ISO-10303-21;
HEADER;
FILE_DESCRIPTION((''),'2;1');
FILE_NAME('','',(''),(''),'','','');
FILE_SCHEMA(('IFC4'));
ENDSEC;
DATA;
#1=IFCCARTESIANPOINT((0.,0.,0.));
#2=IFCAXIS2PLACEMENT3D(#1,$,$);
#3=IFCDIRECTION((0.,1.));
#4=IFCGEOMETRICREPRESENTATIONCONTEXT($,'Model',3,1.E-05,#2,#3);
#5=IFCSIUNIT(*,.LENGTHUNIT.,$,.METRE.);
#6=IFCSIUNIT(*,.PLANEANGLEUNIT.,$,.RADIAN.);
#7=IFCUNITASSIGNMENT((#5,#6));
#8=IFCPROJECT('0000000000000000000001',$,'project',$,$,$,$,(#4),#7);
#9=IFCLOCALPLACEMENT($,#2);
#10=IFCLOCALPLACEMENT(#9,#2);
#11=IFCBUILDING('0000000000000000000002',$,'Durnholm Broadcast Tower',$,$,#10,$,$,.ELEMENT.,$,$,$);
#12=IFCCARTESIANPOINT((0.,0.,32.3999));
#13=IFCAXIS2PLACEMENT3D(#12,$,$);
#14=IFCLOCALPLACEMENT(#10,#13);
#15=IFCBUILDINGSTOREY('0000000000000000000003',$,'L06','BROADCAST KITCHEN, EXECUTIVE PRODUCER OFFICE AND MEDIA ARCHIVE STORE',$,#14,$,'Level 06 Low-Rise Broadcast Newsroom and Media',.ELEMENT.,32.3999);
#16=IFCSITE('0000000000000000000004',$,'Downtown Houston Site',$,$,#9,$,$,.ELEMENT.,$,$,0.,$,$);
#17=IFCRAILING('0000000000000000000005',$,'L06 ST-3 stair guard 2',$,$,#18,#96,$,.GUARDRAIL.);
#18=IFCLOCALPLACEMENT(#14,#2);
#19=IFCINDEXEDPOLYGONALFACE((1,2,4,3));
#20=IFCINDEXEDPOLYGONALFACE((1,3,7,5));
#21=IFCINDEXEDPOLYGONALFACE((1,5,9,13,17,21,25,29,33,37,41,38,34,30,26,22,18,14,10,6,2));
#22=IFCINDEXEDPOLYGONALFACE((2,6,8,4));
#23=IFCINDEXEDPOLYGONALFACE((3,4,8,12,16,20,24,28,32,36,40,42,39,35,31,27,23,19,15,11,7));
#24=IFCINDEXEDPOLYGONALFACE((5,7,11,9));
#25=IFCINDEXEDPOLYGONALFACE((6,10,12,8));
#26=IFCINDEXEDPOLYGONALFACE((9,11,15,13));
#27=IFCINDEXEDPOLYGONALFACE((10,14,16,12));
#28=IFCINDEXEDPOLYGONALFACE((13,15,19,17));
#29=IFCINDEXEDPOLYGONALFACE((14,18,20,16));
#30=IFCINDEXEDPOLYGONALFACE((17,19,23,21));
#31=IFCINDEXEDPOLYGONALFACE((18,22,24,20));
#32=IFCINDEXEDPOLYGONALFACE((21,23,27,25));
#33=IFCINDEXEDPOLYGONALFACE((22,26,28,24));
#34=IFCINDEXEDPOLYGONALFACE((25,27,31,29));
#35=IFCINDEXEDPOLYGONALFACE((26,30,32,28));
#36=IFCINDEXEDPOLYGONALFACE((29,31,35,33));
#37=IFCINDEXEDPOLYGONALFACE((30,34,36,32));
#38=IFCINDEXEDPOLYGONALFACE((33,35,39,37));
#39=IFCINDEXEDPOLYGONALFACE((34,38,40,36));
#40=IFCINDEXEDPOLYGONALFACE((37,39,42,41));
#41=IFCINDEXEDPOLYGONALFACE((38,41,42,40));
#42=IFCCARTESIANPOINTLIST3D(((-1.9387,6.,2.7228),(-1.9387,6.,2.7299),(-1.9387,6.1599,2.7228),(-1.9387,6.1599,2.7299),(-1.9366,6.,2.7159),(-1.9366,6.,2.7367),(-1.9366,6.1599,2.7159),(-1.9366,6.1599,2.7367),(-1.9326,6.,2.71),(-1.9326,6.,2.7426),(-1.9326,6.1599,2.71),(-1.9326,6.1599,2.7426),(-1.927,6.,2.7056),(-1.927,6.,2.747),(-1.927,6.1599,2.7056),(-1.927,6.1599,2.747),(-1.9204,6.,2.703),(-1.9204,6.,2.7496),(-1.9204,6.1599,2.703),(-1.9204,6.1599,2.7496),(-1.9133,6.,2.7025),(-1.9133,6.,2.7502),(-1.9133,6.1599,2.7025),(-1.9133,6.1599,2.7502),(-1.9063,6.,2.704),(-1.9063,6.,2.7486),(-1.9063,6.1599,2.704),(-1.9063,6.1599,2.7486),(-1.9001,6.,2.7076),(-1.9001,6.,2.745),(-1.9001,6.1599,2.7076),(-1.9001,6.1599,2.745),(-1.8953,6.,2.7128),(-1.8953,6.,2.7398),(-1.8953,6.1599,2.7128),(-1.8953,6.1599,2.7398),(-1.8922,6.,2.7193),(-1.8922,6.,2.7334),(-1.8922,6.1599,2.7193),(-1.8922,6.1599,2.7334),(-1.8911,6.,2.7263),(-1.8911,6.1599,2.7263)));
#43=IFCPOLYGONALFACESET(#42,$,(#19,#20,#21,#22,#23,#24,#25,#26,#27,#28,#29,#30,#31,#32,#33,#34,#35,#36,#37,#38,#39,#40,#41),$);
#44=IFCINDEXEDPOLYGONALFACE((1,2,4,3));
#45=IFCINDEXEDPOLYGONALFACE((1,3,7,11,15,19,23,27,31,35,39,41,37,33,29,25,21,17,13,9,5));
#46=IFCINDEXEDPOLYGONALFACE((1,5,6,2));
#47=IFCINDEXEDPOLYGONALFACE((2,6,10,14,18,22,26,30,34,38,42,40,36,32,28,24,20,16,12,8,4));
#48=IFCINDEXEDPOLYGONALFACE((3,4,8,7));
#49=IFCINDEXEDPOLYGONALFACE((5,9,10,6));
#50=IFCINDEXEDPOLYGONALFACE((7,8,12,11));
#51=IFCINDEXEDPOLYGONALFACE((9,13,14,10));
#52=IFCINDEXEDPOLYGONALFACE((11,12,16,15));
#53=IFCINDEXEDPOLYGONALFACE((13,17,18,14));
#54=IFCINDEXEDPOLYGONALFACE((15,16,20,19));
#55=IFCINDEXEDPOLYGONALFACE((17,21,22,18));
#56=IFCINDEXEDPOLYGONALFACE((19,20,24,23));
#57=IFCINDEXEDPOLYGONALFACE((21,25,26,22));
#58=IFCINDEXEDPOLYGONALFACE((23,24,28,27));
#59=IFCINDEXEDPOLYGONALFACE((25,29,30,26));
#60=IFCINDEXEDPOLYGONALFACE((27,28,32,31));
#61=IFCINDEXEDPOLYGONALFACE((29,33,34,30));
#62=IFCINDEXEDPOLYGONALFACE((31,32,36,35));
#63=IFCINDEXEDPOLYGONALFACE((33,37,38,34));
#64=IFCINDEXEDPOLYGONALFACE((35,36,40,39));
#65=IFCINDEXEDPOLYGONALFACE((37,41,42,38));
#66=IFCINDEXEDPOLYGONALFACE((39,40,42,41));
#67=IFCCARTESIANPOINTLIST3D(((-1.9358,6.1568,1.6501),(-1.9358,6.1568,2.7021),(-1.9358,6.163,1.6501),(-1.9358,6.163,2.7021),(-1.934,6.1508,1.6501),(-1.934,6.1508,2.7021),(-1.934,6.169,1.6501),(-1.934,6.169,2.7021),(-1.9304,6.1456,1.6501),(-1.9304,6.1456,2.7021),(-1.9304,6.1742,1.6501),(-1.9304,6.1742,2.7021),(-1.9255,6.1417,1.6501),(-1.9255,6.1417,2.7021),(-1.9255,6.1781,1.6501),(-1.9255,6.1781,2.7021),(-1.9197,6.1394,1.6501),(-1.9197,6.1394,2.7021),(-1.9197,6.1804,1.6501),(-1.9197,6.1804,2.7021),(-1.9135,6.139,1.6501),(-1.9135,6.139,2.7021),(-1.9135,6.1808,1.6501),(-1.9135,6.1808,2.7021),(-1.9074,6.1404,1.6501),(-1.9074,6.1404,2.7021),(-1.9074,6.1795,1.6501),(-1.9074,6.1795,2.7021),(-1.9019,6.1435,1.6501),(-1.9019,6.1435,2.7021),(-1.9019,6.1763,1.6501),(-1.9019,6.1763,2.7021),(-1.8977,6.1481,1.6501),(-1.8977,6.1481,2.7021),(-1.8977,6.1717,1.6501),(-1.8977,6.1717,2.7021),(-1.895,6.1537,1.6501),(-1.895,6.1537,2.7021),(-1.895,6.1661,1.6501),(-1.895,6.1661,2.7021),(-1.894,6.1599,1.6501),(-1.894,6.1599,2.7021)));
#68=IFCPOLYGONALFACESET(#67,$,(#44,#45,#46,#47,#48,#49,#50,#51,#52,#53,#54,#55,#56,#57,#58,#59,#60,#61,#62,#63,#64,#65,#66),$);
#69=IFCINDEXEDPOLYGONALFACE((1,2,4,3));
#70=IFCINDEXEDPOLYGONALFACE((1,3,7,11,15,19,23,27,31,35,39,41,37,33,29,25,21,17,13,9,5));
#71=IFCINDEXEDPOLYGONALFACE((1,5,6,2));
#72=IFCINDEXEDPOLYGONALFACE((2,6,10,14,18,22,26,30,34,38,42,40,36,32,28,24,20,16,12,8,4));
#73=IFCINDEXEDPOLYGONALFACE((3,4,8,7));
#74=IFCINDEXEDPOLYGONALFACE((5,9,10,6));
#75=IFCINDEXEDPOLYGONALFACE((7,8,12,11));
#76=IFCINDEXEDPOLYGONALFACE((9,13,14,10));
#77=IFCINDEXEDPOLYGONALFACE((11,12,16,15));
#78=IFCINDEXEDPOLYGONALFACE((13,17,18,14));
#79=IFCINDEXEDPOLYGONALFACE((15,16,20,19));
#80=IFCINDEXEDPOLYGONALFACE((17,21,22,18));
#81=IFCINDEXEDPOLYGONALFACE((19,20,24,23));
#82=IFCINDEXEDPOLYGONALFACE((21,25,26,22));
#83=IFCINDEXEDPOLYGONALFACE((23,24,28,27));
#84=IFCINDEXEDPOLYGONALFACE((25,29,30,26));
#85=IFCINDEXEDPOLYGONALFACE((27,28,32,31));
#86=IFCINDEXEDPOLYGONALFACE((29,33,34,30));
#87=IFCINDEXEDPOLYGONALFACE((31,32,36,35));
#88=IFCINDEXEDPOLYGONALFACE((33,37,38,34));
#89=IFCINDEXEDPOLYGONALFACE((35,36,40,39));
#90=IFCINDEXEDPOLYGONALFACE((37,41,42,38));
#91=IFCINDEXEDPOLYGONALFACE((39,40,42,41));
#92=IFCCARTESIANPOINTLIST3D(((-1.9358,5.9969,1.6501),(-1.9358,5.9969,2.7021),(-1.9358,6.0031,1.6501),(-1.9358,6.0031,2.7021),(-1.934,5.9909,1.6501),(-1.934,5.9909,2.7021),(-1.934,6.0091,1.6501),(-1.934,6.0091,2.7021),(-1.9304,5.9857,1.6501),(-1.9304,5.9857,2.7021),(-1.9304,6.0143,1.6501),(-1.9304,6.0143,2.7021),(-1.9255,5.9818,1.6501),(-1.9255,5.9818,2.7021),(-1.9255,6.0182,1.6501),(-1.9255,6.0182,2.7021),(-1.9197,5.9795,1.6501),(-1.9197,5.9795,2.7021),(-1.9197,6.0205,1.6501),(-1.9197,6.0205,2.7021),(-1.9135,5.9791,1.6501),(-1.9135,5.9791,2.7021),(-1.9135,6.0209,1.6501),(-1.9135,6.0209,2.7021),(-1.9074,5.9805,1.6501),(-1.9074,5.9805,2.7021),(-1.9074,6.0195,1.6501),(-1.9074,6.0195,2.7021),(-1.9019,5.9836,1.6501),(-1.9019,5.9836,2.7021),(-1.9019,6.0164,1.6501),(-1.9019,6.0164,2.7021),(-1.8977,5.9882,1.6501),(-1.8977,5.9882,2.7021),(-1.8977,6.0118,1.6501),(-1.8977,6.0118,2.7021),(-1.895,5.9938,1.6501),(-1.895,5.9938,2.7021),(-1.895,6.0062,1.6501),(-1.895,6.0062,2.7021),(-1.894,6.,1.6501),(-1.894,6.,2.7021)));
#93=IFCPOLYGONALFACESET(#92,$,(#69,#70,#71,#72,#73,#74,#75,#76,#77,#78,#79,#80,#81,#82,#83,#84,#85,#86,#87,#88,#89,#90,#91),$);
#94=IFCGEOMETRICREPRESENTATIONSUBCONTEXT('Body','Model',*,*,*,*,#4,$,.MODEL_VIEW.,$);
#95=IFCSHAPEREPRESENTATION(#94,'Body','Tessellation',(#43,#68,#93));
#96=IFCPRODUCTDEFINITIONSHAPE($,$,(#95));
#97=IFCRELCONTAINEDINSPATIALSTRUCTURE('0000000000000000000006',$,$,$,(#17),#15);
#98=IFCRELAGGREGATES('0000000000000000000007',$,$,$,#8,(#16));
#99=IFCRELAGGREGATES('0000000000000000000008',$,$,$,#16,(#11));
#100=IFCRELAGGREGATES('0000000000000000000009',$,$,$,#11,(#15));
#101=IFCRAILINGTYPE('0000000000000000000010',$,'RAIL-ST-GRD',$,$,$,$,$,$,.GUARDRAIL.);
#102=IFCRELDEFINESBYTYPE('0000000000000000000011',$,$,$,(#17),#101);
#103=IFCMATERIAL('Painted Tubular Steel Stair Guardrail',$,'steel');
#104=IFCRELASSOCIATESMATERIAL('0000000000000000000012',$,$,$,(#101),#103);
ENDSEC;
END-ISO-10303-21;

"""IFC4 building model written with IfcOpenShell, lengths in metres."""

from ifc_helpers import new_model, si_unit, direction, frame, origin, origin_2d, place, context, subcontext, project, spatial, circle, extrude, material, type_object, element, save


model = new_model("IFC4")

# Units and contexts
model_context = context("Model", 3, precision=1e-05, world=origin(), true_north=direction((0.0, 1.0)))
body_context = subcontext(model_context, "Body", "Model", "MODEL_VIEW")
ifc_project = project(units=[si_unit("LENGTHUNIT", "METRE"), si_unit("PLANEANGLEUNIT", "RADIAN")], contexts=[model_context])

# Site, building, storey
site_placement = place(None, origin())
site = spatial("IfcSite", under=ifc_project, at=site_placement, Name="Downtown Houston Site", CompositionType="ELEMENT", RefElevation=0.0)
building_placement = place(site_placement, origin())
building = spatial("IfcBuilding", under=site, at=building_placement, Name="Durnholm Broadcast Tower", CompositionType="ELEMENT")
storey_placement = place(building_placement, frame((0.0, 0.0, 32.3999)))
storey = spatial("IfcBuildingStorey", under=building, at=storey_placement, Name="L06", Description="BROADCAST KITCHEN, EXECUTIVE PRODUCER OFFICE AND MEDIA ARCHIVE STORE", LongName="Level 06 Low-Rise Broadcast Newsroom and Media", CompositionType="ELEMENT", Elevation=32.3999)

# Railing
ifc_material_1 = material(Name="Painted Tubular Steel Stair Guardrail", Category="steel")
railing_type_1 = type_object("IfcRailingType", Name="RAIL-ST-GRD", PredefinedType="GUARDRAIL", material=ifc_material_1)
railing_1_placement = place(storey_placement, frame((-1.915, 6.1599, 1.6501)))
element("IfcRailing", 1, at=railing_1_placement, inside=storey, type_object=railing_type_1, Name="L06 ST-3 stair guard 2", PredefinedType="GUARDRAIL", context=body_context, shape_type="SweptSolid", body=[
    extrude(circle(Radius=0.0239, at=origin_2d()), frame((0.0, 0.0, 1.0762), z_axis=(0.0, -1.0, 0.0), x_axis=(1.0, 0.0, 0.0)), (0.0, 0.0, 1.0), 0.1599),
    extrude(circle(Radius=0.021, at=origin_2d()), origin(), (0.0, 0.0, 1.0), 1.052),
    extrude(circle(Radius=0.021, at=origin_2d()), frame((0.0, -0.1599, 0.0)), (0.0, 0.0, 1.0), 1.052),
])

save(model, "model.ifc")
